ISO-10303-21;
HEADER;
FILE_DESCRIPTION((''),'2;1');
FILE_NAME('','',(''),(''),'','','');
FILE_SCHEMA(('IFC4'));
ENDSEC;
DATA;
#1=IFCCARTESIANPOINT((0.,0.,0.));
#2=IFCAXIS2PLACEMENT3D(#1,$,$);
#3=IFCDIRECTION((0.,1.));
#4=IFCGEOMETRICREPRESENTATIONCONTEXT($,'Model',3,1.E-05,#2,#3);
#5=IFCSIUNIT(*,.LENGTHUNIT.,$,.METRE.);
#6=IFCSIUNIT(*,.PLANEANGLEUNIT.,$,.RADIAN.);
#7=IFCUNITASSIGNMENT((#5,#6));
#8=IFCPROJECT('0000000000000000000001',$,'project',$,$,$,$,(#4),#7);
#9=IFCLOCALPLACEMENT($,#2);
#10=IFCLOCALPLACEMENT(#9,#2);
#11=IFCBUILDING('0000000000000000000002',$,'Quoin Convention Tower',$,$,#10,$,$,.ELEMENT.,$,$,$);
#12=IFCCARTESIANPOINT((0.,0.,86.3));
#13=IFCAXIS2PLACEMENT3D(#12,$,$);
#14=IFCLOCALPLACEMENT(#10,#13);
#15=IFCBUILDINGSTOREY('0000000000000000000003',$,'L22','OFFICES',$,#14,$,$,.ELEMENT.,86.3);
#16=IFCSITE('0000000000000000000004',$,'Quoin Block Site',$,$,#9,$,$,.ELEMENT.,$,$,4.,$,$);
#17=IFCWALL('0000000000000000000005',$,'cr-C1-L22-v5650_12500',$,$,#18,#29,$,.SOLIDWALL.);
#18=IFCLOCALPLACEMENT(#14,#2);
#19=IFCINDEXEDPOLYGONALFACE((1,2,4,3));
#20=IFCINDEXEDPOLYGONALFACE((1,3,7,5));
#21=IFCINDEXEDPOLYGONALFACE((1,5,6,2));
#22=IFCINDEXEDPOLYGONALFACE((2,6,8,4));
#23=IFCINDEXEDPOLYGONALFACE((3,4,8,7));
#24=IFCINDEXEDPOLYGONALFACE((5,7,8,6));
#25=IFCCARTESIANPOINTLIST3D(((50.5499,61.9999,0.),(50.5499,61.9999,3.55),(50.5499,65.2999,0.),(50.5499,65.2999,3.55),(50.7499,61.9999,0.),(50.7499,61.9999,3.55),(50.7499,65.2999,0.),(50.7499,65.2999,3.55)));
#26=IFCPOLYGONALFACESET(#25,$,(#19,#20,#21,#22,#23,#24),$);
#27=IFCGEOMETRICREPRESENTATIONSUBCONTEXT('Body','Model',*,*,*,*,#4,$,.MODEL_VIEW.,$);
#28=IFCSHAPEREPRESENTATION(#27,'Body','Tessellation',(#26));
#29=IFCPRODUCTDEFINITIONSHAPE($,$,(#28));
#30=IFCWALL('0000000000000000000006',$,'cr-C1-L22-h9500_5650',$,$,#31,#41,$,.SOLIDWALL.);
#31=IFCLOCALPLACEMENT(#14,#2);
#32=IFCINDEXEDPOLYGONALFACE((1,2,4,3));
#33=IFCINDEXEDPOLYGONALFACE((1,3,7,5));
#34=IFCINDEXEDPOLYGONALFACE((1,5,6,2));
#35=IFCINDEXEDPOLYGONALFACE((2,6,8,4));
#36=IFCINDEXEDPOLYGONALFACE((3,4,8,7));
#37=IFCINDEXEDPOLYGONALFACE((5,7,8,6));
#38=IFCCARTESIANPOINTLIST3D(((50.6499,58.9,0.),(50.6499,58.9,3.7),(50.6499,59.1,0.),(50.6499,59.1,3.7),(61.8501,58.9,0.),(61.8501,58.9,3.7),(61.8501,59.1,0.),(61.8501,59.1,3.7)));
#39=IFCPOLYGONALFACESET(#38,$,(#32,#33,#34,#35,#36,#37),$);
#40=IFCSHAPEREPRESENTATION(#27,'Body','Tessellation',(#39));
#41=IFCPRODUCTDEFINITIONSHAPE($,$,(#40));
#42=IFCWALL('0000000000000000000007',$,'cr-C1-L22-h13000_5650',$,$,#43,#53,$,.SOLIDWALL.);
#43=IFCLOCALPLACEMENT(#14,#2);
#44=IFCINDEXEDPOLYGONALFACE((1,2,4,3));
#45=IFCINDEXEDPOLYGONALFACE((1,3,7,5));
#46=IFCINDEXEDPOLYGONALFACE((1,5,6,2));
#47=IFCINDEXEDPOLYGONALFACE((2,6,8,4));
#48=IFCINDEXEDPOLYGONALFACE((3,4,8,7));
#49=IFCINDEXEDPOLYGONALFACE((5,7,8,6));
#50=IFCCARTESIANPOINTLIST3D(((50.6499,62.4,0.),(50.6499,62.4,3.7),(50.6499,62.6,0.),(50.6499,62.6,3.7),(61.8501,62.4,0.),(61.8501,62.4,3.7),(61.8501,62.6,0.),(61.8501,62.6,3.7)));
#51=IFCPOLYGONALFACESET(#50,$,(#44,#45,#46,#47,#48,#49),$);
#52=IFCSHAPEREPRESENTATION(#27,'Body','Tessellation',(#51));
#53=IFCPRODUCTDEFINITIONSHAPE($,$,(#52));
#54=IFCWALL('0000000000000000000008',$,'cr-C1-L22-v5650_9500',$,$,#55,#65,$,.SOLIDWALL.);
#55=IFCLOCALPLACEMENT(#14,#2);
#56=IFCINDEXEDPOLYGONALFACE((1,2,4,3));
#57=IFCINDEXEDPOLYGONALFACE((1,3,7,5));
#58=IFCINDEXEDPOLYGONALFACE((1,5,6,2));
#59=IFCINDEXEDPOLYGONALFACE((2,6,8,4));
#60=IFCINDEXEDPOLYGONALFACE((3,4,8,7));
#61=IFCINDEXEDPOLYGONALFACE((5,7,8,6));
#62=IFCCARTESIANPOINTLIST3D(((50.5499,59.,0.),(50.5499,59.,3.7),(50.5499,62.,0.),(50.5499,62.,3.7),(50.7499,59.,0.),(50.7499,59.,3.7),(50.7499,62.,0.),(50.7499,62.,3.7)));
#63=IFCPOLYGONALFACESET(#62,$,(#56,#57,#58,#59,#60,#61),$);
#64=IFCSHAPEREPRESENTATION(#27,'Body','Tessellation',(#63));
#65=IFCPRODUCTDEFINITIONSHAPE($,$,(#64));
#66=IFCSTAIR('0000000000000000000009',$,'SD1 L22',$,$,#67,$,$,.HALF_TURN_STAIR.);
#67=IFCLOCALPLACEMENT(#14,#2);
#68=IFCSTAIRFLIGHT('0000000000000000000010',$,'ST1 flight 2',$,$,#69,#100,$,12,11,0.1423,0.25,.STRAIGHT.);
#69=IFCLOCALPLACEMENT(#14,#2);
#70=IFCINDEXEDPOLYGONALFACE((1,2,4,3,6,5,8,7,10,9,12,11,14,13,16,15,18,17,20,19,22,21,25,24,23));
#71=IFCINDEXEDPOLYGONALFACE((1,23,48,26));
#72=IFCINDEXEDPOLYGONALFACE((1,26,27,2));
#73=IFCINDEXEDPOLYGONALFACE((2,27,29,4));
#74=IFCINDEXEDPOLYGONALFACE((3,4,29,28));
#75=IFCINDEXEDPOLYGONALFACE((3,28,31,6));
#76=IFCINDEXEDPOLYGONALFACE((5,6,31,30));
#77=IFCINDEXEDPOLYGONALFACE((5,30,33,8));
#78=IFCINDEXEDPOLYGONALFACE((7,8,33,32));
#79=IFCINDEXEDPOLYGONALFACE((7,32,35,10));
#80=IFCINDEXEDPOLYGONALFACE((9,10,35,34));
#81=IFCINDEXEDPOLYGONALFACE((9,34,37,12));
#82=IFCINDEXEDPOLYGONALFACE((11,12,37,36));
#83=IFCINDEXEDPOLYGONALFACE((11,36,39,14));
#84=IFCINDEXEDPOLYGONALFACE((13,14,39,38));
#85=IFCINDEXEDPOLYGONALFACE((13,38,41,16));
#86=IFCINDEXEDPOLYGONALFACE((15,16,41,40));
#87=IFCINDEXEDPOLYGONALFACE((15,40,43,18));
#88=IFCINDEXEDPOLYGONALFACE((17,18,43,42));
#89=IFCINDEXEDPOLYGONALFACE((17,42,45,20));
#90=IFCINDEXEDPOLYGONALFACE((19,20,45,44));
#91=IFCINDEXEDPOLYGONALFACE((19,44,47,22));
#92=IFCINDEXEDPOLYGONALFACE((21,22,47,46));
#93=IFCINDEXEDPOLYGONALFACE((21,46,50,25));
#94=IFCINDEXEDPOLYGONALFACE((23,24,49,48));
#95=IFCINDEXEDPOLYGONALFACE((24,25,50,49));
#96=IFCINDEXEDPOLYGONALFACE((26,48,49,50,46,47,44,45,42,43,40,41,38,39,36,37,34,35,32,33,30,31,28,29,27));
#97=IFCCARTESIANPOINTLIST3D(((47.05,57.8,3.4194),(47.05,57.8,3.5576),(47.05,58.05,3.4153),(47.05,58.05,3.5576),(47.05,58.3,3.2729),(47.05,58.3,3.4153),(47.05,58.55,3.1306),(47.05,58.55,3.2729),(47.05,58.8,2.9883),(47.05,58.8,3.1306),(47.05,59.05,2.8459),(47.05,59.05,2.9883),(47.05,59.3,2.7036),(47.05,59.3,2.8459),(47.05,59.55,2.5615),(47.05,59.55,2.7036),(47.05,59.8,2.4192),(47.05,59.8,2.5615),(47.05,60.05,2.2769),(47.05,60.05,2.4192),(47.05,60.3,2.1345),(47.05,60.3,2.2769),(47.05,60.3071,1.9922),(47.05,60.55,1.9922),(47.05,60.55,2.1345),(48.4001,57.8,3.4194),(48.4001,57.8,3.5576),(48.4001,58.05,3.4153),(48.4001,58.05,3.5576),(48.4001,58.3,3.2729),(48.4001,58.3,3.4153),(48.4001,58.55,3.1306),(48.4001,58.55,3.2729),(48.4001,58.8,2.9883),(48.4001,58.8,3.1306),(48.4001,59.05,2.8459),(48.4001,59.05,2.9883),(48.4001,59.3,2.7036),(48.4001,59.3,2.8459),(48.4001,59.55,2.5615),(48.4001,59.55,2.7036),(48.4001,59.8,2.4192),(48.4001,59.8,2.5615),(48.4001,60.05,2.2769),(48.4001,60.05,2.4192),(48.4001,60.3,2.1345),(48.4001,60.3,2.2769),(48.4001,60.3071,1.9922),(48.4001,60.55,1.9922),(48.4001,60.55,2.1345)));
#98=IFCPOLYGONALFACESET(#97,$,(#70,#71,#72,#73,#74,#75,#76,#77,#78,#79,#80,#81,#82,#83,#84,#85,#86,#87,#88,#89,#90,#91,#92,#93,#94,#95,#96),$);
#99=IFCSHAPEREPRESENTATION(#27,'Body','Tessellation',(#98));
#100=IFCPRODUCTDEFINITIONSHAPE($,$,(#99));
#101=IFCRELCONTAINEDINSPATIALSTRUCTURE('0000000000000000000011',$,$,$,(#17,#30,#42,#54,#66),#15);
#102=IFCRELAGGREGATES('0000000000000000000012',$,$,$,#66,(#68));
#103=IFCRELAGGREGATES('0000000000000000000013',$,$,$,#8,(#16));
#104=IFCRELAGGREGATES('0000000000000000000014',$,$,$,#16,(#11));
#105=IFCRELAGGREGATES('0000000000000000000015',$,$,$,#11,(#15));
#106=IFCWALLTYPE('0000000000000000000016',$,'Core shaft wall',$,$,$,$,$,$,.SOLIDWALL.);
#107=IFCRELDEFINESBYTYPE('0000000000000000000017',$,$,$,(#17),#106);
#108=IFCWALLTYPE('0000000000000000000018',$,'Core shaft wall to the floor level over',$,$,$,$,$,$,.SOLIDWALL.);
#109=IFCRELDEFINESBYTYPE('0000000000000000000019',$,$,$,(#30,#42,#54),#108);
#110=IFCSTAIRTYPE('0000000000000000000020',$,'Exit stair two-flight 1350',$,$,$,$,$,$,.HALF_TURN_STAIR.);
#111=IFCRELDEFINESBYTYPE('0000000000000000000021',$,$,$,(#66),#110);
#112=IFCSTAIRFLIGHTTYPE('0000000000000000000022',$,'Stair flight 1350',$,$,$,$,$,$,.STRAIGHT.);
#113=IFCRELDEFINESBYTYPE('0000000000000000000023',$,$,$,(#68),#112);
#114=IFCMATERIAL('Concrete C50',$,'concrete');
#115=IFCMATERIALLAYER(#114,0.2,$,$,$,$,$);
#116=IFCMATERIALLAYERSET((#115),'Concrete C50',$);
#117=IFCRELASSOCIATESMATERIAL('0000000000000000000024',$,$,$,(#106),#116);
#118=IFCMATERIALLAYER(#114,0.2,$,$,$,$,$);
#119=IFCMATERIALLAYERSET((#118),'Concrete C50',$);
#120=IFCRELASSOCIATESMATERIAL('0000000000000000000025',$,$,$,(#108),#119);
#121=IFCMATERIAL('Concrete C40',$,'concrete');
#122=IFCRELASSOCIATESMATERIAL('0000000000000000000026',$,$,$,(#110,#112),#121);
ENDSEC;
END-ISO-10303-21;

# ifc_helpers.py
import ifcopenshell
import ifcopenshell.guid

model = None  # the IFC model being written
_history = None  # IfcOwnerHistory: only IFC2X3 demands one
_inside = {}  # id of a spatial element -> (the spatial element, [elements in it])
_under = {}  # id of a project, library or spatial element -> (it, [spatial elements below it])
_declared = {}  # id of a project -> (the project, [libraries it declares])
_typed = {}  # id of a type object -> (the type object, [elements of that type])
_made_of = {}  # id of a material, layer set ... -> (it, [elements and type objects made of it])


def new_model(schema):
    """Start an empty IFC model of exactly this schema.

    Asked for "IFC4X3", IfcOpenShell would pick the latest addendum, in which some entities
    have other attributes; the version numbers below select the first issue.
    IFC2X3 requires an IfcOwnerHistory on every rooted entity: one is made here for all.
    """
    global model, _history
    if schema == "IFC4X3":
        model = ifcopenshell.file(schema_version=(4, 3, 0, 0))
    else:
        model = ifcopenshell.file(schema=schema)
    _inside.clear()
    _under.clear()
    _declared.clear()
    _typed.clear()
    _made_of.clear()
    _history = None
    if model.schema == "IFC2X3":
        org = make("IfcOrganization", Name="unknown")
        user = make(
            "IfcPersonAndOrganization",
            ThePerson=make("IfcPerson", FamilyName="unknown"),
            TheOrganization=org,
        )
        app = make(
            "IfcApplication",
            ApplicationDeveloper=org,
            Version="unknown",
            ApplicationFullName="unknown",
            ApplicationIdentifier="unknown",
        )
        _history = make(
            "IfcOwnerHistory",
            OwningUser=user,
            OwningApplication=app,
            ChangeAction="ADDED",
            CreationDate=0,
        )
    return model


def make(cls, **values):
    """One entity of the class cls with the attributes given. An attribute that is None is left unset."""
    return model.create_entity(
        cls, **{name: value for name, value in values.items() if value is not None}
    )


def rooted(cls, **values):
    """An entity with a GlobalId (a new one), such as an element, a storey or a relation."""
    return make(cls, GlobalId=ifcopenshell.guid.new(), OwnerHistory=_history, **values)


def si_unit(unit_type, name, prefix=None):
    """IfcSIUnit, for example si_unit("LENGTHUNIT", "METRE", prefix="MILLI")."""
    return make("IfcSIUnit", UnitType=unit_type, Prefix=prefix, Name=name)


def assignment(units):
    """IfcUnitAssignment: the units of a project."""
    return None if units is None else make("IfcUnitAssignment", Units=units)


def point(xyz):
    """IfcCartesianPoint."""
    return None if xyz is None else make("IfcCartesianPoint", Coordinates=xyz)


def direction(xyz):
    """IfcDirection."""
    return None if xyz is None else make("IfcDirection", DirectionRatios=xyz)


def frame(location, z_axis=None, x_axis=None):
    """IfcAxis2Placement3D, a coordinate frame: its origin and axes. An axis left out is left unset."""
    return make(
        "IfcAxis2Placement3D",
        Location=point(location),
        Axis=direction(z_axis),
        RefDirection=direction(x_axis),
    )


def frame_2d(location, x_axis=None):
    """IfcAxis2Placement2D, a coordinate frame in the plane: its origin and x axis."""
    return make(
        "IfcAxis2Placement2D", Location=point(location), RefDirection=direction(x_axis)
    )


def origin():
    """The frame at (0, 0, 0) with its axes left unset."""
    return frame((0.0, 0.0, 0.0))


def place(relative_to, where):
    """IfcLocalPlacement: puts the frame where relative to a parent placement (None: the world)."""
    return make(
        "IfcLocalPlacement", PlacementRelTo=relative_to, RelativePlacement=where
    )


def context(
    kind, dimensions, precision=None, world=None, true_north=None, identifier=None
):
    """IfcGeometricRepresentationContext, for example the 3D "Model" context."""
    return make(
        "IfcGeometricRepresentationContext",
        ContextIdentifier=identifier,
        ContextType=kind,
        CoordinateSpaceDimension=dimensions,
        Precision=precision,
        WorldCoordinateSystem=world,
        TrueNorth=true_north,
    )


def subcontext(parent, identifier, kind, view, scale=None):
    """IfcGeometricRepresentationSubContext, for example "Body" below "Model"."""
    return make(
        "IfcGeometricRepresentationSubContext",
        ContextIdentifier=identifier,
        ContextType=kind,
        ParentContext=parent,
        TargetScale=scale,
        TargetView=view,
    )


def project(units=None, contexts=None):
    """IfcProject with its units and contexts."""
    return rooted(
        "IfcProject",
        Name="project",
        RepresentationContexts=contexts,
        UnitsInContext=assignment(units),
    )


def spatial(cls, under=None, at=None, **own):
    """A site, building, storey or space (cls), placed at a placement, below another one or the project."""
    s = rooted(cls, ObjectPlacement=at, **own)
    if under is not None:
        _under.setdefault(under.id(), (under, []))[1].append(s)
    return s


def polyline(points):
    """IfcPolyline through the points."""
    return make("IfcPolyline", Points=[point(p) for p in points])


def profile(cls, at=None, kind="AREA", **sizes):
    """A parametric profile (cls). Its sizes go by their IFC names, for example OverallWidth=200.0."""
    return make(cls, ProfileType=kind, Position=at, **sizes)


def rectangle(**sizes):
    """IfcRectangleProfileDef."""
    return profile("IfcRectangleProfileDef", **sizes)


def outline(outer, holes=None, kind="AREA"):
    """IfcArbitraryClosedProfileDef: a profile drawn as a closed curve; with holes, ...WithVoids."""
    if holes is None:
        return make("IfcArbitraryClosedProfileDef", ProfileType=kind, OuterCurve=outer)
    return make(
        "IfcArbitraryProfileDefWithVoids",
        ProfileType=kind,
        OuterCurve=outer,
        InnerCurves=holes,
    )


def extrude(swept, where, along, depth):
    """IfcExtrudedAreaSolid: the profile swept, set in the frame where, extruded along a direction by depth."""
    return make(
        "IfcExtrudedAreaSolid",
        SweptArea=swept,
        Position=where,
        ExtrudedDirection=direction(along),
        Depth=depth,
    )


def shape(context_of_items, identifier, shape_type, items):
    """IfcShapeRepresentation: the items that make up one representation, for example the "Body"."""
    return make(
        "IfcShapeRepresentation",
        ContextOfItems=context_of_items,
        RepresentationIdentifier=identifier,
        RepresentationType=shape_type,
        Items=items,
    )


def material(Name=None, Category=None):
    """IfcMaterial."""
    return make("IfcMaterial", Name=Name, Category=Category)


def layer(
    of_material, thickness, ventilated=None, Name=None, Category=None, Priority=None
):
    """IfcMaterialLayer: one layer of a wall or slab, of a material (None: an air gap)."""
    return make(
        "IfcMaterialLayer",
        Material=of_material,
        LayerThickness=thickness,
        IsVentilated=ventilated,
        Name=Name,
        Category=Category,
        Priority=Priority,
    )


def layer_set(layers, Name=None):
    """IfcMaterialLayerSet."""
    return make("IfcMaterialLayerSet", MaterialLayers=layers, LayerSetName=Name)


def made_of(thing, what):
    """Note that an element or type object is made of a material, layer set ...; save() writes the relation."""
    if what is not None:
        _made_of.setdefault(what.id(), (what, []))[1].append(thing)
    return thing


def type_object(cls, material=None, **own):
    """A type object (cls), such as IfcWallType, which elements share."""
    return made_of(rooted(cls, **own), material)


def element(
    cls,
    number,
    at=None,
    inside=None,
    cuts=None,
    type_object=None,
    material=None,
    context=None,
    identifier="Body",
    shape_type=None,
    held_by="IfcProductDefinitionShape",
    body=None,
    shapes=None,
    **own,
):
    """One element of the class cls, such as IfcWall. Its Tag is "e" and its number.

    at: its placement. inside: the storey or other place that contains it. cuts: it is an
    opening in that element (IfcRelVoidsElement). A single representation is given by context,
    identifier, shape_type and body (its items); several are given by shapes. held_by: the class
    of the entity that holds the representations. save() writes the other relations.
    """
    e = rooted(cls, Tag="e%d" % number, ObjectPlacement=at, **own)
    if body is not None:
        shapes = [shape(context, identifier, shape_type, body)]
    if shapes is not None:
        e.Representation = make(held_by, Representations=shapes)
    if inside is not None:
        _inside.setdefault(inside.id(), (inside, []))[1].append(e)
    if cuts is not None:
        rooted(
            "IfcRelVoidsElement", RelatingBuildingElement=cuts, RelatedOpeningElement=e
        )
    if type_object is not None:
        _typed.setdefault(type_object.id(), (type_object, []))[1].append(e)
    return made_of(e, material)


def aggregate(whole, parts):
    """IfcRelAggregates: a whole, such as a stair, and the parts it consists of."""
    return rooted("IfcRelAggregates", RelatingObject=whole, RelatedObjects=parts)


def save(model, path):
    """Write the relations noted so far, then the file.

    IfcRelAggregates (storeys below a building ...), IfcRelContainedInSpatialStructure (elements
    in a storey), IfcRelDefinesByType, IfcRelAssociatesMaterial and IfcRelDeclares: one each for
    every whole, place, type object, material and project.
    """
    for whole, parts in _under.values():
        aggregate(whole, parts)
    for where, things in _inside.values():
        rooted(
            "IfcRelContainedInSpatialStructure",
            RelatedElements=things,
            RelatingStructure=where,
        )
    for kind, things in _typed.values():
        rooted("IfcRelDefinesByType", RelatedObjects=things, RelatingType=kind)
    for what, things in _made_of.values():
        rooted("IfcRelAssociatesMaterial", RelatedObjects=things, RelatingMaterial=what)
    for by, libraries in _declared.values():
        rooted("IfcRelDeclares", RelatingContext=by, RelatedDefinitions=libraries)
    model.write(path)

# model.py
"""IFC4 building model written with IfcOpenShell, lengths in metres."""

from ifc_helpers import new_model, si_unit, direction, frame, frame_2d, origin, place, context, subcontext, project, spatial, polyline, rectangle, outline, extrude, material, layer, layer_set, type_object, element, aggregate, save


model = new_model("IFC4")

# Units and contexts
model_context = context("Model", 3, precision=1e-05, world=origin(), true_north=direction((0.0, 1.0)))
body_context = subcontext(model_context, "Body", "Model", "MODEL_VIEW")
ifc_project = project(units=[si_unit("LENGTHUNIT", "METRE"), si_unit("PLANEANGLEUNIT", "RADIAN")], contexts=[model_context])

# Site, building, storey
site_placement = place(None, origin())
site = spatial("IfcSite", under=ifc_project, at=site_placement, Name="Quoin Block Site", CompositionType="ELEMENT", RefElevation=4.0)
building_placement = place(site_placement, origin())
building = spatial("IfcBuilding", under=site, at=building_placement, Name="Quoin Convention Tower", CompositionType="ELEMENT")
storey_placement = place(building_placement, frame((0.0, 0.0, 86.3)))
storey = spatial("IfcBuildingStorey", under=building, at=storey_placement, Name="L22", Description="OFFICES", CompositionType="ELEMENT", Elevation=86.3)

# Shared definitions
ifc_material_1 = material(Name="Concrete C50", Category="concrete")
ifc_layer_1 = layer(ifc_material_1, 0.2)
ifc_layer_set_1 = layer_set([ifc_layer_1], Name="Concrete C50")
wall_type_1 = type_object("IfcWallType", Name="Core shaft wall", PredefinedType="SOLIDWALL", material=ifc_layer_set_1)

# Walls
wall_1_placement = place(storey_placement, frame((50.6499, 62.0, 0.0), z_axis=(0.0, 0.0, 1.0), x_axis=(0.0, 1.0, 0.0)))
element("IfcWall", 1, at=wall_1_placement, inside=storey, type_object=wall_type_1, Name="cr-C1-L22-v5650_12500", PredefinedType="SOLIDWALL", context=body_context, shape_type="SweptSolid", body=[
    extrude(rectangle(XDim=3.3, YDim=0.2, at=frame_2d((1.6499, 0.0))), origin(), (0.0, 0.0, 1.0), 3.55),
])
ifc_layer_2 = layer(ifc_material_1, 0.2)
ifc_layer_set_2 = layer_set([ifc_layer_2], Name="Concrete C50")
wall_type_2 = type_object("IfcWallType", Name="Core shaft wall to the floor level over", PredefinedType="SOLIDWALL", material=ifc_layer_set_2)
for number, where, z_axis, x_axis, name in (
    (2, (50.6499, 59.0, 0.0), (0.0, 0.0, 1.0), (1.0, 0.0, 0.0), "cr-C1-L22-h9500_5650"),
    (3, (50.6499, 62.5, 0.0), (0.0, 0.0, 1.0), (1.0, 0.0, 0.0), "cr-C1-L22-h13000_5650"),
):
    element("IfcWall", number, at=place(storey_placement, frame(where, z_axis=z_axis, x_axis=x_axis)), inside=storey, type_object=wall_type_2, Name=name, PredefinedType="SOLIDWALL", context=body_context, shape_type="SweptSolid", body=[
        extrude(rectangle(XDim=11.2002, YDim=0.2, at=frame_2d((5.6001, 0.0))), origin(), (0.0, 0.0, 1.0), 3.7),
    ])
wall_2_placement = place(storey_placement, frame((50.6499, 59.0, 0.0), z_axis=(0.0, 0.0, 1.0), x_axis=(0.0, 1.0, 0.0)))
element("IfcWall", 4, at=wall_2_placement, inside=storey, type_object=wall_type_2, Name="cr-C1-L22-v5650_9500", PredefinedType="SOLIDWALL", context=body_context, shape_type="SweptSolid", body=[
    extrude(rectangle(XDim=3.0, YDim=0.2, at=frame_2d((1.5, 0.0))), origin(), (0.0, 0.0, 1.0), 3.7),
])

# Stair, stair flight
ifc_material_2 = material(Name="Concrete C40", Category="concrete")
stair_type = type_object("IfcStairType", Name="Exit stair two-flight 1350", PredefinedType="HALF_TURN_STAIR", material=ifc_material_2)
stair_placement = place(storey_placement, origin())
stair = element("IfcStair", 5, at=stair_placement, inside=storey, type_object=stair_type, Name="SD1 L22", PredefinedType="HALF_TURN_STAIR")
stair_flight_type = type_object("IfcStairFlightType", Name="Stair flight 1350", PredefinedType="STRAIGHT", material=ifc_material_2)
stair_flight_placement = place(storey_placement, frame((47.7251, 60.55, 1.9922), z_axis=(0.0, 0.0, 1.0), x_axis=(0.0, -1.0, 0.0)))
stair_flight = element("IfcStairFlight", 6, at=stair_flight_placement, type_object=stair_flight_type, Name="ST1 flight 2", NumberOfRisers=12, NumberOfTreads=11, PredefinedType="STRAIGHT", RiserHeight=0.1423, TreadLength=0.25, context=body_context, shape_type="SweptSolid", body=[
    extrude(outline(polyline([(0.0, 0.0), (0.0, 0.1423), (0.25, 0.1423), (0.25, 0.2847), (0.5, 0.2847), (0.5, 0.427), (0.75, 0.427), (0.75, 0.5693), (1.0, 0.5693), (1.0, 0.7114), (1.25, 0.7114), (1.25, 0.8538), (1.5, 0.8538), (1.5, 0.9961), (1.75, 0.9961), (1.75, 1.1384), (2.0, 1.1384), (2.0, 1.2808), (2.25, 1.2808), (2.25, 1.4231), (2.5, 1.4231), (2.5, 1.5654), (2.75, 1.5654), (2.75, 1.7078), (2.75, 1.4272), (0.2429, 0.0), (0.0, 0.0)])), frame((0.0, 0.675, 0.0), z_axis=(0.0, -1.0, 0.0), x_axis=(1.0, 0.0, 0.0)), (0.0, 0.0, 1.0), 1.3501),
])
aggregate(stair, [stair_flight])

save(model, "model.ifc")
